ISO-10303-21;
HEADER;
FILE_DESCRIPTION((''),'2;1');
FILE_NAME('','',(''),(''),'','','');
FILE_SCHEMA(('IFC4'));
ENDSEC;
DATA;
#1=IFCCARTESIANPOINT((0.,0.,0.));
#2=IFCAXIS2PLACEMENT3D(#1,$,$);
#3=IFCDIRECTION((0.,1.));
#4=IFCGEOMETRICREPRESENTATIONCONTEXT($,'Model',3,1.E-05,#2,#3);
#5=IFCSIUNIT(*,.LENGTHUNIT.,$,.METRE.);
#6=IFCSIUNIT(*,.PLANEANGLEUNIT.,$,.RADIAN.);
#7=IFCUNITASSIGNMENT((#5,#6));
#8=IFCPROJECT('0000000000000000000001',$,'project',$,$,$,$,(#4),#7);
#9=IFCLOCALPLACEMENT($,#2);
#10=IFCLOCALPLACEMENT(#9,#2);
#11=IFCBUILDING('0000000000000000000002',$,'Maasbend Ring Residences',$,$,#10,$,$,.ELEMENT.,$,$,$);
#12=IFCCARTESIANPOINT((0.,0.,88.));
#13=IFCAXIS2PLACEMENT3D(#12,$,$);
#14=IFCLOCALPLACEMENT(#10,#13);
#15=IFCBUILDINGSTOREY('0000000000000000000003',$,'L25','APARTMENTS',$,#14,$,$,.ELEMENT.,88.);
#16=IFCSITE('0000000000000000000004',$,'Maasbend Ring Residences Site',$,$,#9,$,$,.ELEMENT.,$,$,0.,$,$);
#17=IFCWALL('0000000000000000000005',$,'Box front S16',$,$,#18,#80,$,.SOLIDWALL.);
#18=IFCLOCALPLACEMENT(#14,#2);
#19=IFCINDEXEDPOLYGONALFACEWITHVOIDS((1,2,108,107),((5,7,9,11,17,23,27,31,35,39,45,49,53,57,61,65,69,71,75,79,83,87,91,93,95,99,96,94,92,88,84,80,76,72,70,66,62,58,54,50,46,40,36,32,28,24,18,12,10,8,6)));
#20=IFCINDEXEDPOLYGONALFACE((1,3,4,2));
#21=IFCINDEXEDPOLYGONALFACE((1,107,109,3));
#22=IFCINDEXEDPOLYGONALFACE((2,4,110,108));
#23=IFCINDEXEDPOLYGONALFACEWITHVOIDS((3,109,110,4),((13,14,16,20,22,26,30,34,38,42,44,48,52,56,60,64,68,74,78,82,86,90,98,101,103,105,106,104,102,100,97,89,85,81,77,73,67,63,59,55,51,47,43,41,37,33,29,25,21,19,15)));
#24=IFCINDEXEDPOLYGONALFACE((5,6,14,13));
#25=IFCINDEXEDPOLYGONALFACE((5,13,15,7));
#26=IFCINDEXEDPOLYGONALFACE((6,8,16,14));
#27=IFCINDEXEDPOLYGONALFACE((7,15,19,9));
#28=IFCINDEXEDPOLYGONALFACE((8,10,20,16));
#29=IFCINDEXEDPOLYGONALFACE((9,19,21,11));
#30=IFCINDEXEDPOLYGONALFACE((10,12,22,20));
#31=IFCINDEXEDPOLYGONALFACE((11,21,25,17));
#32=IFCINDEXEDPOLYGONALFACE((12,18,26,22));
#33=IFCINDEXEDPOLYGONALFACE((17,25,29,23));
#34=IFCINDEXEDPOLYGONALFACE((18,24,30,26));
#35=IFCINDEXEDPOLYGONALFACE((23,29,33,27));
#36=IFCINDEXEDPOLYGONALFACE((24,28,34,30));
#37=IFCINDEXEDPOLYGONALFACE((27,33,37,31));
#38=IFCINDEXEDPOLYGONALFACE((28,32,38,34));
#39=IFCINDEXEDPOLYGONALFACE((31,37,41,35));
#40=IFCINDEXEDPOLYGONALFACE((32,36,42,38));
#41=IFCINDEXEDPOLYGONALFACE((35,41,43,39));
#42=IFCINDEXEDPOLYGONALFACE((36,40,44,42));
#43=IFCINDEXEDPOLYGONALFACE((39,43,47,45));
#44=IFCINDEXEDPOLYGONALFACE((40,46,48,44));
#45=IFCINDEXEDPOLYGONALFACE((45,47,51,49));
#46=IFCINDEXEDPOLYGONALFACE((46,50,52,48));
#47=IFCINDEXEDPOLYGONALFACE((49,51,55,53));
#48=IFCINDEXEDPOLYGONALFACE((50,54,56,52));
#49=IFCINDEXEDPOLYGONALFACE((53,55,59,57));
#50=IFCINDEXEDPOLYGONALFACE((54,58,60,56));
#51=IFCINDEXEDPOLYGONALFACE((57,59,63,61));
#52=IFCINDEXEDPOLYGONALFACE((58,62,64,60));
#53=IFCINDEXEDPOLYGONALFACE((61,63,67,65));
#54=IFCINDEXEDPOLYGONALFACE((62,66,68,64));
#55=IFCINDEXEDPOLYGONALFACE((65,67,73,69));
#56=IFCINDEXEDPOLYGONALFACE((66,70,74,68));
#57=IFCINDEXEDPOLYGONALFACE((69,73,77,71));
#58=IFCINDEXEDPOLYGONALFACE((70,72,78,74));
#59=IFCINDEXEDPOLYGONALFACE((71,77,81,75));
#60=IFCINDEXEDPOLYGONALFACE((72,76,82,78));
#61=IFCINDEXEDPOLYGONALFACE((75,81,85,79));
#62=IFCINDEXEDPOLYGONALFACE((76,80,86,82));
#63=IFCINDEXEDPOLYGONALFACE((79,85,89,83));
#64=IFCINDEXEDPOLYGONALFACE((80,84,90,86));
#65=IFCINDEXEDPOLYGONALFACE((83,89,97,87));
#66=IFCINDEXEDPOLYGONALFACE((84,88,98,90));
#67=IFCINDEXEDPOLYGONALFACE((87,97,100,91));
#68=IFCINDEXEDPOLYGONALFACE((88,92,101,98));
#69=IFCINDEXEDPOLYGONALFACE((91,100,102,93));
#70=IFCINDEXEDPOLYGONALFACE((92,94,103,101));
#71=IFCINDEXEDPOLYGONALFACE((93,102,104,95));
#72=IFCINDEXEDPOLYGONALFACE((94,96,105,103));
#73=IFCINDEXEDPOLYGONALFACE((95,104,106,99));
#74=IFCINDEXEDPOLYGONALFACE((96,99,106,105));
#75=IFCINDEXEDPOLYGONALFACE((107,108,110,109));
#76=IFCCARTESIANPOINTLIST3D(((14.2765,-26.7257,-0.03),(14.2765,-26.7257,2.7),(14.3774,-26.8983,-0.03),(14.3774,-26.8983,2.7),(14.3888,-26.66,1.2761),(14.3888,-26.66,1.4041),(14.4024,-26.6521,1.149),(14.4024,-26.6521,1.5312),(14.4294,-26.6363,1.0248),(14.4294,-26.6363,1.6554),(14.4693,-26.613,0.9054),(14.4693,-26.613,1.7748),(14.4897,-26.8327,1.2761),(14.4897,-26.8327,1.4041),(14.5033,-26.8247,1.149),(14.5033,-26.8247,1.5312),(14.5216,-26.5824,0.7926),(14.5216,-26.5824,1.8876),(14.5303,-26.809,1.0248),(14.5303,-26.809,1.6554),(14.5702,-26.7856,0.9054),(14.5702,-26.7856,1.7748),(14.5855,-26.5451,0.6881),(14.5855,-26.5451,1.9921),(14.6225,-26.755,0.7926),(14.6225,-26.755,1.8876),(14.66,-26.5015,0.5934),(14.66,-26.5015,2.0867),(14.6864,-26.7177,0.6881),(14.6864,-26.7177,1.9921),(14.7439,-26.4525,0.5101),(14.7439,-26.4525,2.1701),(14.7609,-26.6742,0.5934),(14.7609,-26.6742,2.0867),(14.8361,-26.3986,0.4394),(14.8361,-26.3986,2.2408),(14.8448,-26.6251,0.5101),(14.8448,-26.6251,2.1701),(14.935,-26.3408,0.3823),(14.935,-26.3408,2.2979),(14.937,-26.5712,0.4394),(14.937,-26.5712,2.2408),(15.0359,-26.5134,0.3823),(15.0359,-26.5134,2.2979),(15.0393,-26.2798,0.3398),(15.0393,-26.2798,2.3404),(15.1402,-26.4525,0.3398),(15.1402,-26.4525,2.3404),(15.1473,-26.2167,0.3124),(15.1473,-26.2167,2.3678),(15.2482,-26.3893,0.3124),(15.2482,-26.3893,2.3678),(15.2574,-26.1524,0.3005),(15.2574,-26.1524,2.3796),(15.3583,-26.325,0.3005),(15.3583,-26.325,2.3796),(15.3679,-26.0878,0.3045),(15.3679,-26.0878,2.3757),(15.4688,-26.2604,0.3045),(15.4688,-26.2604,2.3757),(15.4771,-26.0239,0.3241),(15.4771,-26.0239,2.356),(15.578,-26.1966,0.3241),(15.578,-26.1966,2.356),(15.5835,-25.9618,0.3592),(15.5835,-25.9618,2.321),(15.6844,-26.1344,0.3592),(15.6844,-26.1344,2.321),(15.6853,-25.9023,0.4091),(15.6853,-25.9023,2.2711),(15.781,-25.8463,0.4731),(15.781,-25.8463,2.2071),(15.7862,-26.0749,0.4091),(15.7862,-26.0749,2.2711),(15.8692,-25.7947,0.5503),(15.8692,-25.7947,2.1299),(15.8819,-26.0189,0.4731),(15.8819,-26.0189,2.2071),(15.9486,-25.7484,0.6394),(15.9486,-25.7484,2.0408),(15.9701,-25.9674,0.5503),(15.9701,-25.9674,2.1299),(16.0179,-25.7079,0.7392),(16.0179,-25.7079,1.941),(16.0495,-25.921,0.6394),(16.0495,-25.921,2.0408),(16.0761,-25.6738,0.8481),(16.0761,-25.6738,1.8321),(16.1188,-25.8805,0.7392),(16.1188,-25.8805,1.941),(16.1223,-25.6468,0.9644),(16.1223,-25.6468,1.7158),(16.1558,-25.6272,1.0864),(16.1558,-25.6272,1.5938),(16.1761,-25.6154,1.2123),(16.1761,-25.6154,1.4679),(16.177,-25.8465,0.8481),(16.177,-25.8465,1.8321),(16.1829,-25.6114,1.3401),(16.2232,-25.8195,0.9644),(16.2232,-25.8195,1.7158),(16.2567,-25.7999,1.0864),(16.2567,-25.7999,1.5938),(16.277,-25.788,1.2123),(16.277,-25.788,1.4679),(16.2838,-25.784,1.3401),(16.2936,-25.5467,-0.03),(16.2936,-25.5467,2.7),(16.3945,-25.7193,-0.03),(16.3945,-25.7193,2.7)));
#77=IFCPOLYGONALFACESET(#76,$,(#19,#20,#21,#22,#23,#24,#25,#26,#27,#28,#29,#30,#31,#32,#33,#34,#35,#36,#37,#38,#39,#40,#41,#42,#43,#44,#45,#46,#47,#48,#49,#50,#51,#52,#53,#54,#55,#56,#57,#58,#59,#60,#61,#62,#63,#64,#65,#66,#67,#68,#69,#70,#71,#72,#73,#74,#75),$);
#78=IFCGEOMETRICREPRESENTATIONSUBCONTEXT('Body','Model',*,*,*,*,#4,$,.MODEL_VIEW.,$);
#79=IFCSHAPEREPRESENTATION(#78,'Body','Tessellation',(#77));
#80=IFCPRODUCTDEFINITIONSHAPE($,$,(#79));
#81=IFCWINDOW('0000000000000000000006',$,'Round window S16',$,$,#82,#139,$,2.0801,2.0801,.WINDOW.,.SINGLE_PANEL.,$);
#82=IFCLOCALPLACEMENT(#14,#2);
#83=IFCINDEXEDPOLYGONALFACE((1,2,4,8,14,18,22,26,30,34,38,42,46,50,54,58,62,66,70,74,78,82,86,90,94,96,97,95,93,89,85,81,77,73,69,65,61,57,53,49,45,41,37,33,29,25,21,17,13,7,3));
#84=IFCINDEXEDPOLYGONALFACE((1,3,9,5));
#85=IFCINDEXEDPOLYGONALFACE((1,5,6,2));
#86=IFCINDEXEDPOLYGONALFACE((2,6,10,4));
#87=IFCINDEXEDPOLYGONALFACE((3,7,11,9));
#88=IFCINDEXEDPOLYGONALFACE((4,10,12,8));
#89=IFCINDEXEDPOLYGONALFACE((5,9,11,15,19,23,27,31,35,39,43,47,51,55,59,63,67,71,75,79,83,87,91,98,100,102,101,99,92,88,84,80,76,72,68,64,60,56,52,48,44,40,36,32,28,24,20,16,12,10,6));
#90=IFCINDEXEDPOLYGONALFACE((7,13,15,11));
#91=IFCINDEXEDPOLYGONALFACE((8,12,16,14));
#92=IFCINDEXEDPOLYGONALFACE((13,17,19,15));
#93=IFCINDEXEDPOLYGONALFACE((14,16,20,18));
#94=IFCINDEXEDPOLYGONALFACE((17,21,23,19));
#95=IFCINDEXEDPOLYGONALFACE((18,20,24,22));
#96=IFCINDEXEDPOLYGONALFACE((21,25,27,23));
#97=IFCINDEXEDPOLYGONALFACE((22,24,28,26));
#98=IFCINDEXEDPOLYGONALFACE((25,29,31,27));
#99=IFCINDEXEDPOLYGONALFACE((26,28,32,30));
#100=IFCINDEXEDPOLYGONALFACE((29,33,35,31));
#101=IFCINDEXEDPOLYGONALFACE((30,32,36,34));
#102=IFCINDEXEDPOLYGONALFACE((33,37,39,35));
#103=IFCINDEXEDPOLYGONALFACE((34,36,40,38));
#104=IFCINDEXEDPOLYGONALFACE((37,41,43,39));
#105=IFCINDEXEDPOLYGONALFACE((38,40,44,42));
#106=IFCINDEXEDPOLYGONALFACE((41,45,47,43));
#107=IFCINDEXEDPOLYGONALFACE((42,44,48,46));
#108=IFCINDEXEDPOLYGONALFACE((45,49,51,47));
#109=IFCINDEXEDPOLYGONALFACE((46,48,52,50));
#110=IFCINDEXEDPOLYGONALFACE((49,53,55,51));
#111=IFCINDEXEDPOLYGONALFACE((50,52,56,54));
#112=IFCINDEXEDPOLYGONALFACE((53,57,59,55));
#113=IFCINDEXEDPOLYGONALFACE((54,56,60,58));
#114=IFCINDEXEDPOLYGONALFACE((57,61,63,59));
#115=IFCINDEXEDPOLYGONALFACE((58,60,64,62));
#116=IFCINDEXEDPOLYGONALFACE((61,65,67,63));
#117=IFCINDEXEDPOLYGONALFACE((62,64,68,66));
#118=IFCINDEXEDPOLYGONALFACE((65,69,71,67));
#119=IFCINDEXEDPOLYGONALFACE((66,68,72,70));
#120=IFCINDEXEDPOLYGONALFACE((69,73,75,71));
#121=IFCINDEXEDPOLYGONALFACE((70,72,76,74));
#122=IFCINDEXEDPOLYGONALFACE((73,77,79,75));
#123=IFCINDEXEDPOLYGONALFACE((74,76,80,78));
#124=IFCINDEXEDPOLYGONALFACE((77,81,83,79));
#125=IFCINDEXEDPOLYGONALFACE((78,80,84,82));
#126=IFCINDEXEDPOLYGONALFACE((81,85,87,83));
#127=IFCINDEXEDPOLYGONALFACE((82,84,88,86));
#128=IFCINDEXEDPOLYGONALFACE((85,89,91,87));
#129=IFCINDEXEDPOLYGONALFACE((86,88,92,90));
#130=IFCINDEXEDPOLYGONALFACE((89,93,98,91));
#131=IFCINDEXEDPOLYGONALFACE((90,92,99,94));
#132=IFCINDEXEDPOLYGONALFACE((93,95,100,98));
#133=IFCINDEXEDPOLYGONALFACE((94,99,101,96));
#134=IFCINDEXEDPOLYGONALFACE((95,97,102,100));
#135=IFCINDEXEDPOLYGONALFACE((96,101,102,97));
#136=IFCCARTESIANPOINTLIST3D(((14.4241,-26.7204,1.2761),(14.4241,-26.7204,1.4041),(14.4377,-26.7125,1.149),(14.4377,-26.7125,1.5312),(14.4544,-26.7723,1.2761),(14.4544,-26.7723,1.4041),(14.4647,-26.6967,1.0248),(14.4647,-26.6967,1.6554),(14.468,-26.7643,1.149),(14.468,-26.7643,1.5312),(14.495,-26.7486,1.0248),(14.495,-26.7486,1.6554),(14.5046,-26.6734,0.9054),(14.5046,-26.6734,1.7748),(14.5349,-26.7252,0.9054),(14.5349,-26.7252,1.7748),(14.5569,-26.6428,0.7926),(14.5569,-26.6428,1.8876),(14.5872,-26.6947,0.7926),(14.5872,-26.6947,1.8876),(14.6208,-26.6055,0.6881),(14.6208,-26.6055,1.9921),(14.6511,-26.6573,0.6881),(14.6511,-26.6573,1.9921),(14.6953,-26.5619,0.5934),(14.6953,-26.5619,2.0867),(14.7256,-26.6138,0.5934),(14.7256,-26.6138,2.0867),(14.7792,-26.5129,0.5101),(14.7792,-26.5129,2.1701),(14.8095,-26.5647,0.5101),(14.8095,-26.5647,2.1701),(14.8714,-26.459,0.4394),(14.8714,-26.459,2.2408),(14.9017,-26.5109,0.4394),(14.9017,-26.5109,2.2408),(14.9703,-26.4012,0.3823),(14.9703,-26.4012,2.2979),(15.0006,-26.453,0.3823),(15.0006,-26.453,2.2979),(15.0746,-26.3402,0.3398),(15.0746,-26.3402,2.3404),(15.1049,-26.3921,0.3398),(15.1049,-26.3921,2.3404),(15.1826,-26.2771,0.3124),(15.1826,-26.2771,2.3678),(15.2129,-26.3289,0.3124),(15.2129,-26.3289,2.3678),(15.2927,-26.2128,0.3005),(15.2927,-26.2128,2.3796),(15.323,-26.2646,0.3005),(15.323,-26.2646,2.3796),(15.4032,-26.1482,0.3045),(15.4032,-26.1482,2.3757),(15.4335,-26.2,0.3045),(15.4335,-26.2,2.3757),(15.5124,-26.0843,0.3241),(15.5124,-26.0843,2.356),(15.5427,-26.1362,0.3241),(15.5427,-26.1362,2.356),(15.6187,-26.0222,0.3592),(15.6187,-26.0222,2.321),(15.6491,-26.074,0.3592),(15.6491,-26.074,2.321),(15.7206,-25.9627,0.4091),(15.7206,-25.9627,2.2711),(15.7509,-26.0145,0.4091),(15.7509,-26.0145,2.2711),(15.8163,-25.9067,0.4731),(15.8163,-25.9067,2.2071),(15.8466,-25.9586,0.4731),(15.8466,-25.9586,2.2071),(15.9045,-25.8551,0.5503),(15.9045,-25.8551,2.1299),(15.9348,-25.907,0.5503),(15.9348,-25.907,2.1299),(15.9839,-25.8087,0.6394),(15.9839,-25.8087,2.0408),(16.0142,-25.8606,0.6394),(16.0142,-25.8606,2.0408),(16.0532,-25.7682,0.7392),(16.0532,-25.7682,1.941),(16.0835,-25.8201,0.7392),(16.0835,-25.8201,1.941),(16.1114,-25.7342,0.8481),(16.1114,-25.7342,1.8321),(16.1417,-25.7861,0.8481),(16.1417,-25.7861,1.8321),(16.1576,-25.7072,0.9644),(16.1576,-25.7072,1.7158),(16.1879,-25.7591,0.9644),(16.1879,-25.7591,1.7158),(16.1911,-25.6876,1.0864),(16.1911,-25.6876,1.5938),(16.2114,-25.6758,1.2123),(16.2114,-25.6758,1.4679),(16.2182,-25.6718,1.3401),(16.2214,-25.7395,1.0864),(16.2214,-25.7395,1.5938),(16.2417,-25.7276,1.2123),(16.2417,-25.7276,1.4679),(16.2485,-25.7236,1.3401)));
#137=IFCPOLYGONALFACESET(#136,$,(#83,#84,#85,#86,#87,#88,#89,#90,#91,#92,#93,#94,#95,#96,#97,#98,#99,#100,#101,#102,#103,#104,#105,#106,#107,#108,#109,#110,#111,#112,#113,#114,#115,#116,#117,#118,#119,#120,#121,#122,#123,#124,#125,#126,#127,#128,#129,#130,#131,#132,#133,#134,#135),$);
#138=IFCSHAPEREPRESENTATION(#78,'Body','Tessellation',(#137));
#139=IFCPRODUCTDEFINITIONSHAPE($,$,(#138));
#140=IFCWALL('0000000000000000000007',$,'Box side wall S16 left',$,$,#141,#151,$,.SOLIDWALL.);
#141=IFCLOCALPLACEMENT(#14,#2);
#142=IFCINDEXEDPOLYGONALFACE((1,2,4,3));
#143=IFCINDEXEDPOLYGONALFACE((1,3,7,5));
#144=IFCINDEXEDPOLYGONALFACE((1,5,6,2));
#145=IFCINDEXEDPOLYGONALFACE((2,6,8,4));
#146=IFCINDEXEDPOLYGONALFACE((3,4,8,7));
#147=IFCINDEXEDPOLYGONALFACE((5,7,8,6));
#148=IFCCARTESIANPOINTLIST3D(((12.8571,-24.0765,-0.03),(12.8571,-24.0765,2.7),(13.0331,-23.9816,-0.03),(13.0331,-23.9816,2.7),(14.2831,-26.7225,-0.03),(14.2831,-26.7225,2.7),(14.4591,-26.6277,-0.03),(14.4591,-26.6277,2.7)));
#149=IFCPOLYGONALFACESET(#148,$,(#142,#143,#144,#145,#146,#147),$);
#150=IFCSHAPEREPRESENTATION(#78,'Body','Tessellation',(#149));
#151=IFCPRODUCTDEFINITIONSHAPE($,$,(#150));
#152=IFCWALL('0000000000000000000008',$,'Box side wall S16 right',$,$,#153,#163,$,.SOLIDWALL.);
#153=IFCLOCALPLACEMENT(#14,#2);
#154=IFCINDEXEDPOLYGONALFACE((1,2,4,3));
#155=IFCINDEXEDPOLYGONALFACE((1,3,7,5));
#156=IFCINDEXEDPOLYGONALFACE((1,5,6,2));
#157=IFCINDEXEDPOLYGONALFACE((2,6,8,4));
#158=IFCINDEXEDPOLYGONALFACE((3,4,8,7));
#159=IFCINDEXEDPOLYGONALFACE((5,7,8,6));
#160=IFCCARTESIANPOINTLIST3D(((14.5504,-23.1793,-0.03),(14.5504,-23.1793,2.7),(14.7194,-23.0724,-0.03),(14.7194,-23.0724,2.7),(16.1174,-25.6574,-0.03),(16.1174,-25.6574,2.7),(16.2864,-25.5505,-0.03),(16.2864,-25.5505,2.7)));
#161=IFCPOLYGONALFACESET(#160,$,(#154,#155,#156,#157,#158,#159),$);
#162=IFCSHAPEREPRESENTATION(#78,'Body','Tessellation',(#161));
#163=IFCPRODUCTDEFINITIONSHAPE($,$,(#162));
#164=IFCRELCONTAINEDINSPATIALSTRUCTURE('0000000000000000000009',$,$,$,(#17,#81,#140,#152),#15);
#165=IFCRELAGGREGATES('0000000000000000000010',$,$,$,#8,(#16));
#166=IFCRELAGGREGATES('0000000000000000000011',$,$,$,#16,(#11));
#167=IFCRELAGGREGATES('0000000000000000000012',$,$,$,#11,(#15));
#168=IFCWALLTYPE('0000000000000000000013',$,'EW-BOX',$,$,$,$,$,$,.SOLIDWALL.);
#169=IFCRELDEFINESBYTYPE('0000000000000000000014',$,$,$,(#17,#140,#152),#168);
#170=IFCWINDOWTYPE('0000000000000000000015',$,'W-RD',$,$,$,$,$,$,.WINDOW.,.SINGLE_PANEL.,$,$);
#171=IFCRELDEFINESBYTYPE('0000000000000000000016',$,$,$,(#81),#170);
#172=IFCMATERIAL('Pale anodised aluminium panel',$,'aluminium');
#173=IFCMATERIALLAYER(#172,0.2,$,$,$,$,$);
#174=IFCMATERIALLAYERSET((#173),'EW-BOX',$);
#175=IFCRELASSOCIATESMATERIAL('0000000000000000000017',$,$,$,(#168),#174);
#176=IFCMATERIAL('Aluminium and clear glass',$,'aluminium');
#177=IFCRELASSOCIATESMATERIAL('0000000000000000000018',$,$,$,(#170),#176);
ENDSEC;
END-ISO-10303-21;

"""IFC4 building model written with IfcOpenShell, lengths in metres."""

from ifc_helpers import new_model, si_unit, direction, frame, frame_2d, origin, place, context, subcontext, project, spatial, rectangle, circle, extrude, material, layer, layer_set, type_object, element, fill, save


model = new_model("IFC4")

# Units and contexts
model_context = context("Model", 3, precision=1e-05, world=origin(), true_north=direction((0.0, 1.0)))
body_context = subcontext(model_context, "Body", "Model", "MODEL_VIEW")
ifc_project = project(units=[si_unit("LENGTHUNIT", "METRE"), si_unit("PLANEANGLEUNIT", "RADIAN")], contexts=[model_context])

# Site, building, storey
site_placement = place(None, origin())
site = spatial("IfcSite", under=ifc_project, at=site_placement, Name="Maasbend Ring Residences Site", CompositionType="ELEMENT", RefElevation=0.0)
building_placement = place(site_placement, origin())
building = spatial("IfcBuilding", under=site, at=building_placement, Name="Maasbend Ring Residences", CompositionType="ELEMENT")
storey_placement = place(building_placement, frame((0.0, 0.0, 88.0)))
storey = spatial("IfcBuildingStorey", under=building, at=storey_placement, Name="L25", Description="APARTMENTS", CompositionType="ELEMENT", Elevation=88.0)

# Wall, opening, window
ifc_material_1 = material(Name="Pale anodised aluminium panel", Category="aluminium")
ifc_layer_1 = layer(ifc_material_1, 0.2)
ifc_layer_set_1 = layer_set([ifc_layer_1], Name="EW-BOX")
wall_type_1 = type_object("IfcWallType", Name="EW-BOX", PredefinedType="SOLIDWALL", material=ifc_layer_set_1)
wall_1_placement = place(storey_placement, frame((14.3269, -26.812, -0.03), z_axis=(0.0, 0.0, 1.0), x_axis=(0.863347, 0.504612, 0.0)))
wall_1 = element("IfcWall", 1, at=wall_1_placement, inside=storey, type_object=wall_type_1, Name="Box front S16", PredefinedType="SOLIDWALL", context=body_context, shape_type="SweptSolid", body=[
    extrude(rectangle(XDim=2.3364, YDim=0.2, at=frame_2d((1.1682, 0.0))), origin(), (0.0, 0.0, 1.0), 2.73),
])
opening_1_placement = place(wall_1_placement, frame((0.1282, 0.0, 0.3301)))
opening_1 = element("IfcOpeningElement", 2, at=opening_1_placement, cuts=wall_1, PredefinedType="OPENING", context=body_context, shape_type="SweptSolid", body=[
    extrude(circle(Radius=1.04, at=frame_2d((1.04, 1.04))), frame((0.0, 0.1099, 0.0), z_axis=(0.0, -1.0, 0.0), x_axis=(1.0, 0.0, 0.0)), (0.0, 0.0, 1.0), 0.22),
])
ifc_material_2 = material(Name="Aluminium and clear glass", Category="aluminium")
window_type_1 = type_object("IfcWindowType", Name="W-RD", PartitioningType="SINGLE_PANEL", PredefinedType="WINDOW", material=ifc_material_2)
window_1_placement = place(opening_1_placement, origin())
window_1 = element("IfcWindow", 3, at=window_1_placement, inside=storey, type_object=window_type_1, Name="Round window S16", OverallHeight=2.0801, OverallWidth=2.0801, PartitioningType="SINGLE_PANEL", PredefinedType="WINDOW", context=body_context, shape_type="SweptSolid", body=[
    extrude(circle(Radius=1.04, at=frame_2d((1.04, 1.04))), frame((0.0, 0.03, 0.0), z_axis=(0.0, -1.0, 0.0), x_axis=(1.0, 0.0, 0.0)), (0.0, 0.0, 1.0), 0.0601),
])
fill(opening_1, window_1)

# Walls
wall_2_placement = place(storey_placement, frame((12.9451, -24.0291, -0.03), z_axis=(0.0, 0.0, 1.0), x_axis=(0.474424, -0.880296, 0.0)))
element("IfcWall", 4, at=wall_2_placement, inside=storey, type_object=wall_type_1, Name="Box side wall S16 left", PredefinedType="SOLIDWALL", context=body_context, shape_type="SweptSolid", body=[
    extrude(rectangle(XDim=3.0059, YDim=0.2, at=frame_2d((1.5029, 0.0))), origin(), (0.0, 0.0, 1.0), 2.73),
])
wall_3_placement = place(storey_placement, frame((14.635, -23.126, -0.03), z_axis=(0.0, 0.0, 1.0), x_axis=(0.534438, -0.845208, 0.0)))
element("IfcWall", 5, at=wall_3_placement, inside=storey, type_object=wall_type_1, Name="Box side wall S16 right", PredefinedType="SOLIDWALL", context=body_context, shape_type="SweptSolid", body=[
    extrude(rectangle(XDim=2.9319, YDim=0.2, at=frame_2d((1.4658, 0.0))), origin(), (0.0, 0.0, 1.0), 2.73),
])

save(model, "model.ifc")
